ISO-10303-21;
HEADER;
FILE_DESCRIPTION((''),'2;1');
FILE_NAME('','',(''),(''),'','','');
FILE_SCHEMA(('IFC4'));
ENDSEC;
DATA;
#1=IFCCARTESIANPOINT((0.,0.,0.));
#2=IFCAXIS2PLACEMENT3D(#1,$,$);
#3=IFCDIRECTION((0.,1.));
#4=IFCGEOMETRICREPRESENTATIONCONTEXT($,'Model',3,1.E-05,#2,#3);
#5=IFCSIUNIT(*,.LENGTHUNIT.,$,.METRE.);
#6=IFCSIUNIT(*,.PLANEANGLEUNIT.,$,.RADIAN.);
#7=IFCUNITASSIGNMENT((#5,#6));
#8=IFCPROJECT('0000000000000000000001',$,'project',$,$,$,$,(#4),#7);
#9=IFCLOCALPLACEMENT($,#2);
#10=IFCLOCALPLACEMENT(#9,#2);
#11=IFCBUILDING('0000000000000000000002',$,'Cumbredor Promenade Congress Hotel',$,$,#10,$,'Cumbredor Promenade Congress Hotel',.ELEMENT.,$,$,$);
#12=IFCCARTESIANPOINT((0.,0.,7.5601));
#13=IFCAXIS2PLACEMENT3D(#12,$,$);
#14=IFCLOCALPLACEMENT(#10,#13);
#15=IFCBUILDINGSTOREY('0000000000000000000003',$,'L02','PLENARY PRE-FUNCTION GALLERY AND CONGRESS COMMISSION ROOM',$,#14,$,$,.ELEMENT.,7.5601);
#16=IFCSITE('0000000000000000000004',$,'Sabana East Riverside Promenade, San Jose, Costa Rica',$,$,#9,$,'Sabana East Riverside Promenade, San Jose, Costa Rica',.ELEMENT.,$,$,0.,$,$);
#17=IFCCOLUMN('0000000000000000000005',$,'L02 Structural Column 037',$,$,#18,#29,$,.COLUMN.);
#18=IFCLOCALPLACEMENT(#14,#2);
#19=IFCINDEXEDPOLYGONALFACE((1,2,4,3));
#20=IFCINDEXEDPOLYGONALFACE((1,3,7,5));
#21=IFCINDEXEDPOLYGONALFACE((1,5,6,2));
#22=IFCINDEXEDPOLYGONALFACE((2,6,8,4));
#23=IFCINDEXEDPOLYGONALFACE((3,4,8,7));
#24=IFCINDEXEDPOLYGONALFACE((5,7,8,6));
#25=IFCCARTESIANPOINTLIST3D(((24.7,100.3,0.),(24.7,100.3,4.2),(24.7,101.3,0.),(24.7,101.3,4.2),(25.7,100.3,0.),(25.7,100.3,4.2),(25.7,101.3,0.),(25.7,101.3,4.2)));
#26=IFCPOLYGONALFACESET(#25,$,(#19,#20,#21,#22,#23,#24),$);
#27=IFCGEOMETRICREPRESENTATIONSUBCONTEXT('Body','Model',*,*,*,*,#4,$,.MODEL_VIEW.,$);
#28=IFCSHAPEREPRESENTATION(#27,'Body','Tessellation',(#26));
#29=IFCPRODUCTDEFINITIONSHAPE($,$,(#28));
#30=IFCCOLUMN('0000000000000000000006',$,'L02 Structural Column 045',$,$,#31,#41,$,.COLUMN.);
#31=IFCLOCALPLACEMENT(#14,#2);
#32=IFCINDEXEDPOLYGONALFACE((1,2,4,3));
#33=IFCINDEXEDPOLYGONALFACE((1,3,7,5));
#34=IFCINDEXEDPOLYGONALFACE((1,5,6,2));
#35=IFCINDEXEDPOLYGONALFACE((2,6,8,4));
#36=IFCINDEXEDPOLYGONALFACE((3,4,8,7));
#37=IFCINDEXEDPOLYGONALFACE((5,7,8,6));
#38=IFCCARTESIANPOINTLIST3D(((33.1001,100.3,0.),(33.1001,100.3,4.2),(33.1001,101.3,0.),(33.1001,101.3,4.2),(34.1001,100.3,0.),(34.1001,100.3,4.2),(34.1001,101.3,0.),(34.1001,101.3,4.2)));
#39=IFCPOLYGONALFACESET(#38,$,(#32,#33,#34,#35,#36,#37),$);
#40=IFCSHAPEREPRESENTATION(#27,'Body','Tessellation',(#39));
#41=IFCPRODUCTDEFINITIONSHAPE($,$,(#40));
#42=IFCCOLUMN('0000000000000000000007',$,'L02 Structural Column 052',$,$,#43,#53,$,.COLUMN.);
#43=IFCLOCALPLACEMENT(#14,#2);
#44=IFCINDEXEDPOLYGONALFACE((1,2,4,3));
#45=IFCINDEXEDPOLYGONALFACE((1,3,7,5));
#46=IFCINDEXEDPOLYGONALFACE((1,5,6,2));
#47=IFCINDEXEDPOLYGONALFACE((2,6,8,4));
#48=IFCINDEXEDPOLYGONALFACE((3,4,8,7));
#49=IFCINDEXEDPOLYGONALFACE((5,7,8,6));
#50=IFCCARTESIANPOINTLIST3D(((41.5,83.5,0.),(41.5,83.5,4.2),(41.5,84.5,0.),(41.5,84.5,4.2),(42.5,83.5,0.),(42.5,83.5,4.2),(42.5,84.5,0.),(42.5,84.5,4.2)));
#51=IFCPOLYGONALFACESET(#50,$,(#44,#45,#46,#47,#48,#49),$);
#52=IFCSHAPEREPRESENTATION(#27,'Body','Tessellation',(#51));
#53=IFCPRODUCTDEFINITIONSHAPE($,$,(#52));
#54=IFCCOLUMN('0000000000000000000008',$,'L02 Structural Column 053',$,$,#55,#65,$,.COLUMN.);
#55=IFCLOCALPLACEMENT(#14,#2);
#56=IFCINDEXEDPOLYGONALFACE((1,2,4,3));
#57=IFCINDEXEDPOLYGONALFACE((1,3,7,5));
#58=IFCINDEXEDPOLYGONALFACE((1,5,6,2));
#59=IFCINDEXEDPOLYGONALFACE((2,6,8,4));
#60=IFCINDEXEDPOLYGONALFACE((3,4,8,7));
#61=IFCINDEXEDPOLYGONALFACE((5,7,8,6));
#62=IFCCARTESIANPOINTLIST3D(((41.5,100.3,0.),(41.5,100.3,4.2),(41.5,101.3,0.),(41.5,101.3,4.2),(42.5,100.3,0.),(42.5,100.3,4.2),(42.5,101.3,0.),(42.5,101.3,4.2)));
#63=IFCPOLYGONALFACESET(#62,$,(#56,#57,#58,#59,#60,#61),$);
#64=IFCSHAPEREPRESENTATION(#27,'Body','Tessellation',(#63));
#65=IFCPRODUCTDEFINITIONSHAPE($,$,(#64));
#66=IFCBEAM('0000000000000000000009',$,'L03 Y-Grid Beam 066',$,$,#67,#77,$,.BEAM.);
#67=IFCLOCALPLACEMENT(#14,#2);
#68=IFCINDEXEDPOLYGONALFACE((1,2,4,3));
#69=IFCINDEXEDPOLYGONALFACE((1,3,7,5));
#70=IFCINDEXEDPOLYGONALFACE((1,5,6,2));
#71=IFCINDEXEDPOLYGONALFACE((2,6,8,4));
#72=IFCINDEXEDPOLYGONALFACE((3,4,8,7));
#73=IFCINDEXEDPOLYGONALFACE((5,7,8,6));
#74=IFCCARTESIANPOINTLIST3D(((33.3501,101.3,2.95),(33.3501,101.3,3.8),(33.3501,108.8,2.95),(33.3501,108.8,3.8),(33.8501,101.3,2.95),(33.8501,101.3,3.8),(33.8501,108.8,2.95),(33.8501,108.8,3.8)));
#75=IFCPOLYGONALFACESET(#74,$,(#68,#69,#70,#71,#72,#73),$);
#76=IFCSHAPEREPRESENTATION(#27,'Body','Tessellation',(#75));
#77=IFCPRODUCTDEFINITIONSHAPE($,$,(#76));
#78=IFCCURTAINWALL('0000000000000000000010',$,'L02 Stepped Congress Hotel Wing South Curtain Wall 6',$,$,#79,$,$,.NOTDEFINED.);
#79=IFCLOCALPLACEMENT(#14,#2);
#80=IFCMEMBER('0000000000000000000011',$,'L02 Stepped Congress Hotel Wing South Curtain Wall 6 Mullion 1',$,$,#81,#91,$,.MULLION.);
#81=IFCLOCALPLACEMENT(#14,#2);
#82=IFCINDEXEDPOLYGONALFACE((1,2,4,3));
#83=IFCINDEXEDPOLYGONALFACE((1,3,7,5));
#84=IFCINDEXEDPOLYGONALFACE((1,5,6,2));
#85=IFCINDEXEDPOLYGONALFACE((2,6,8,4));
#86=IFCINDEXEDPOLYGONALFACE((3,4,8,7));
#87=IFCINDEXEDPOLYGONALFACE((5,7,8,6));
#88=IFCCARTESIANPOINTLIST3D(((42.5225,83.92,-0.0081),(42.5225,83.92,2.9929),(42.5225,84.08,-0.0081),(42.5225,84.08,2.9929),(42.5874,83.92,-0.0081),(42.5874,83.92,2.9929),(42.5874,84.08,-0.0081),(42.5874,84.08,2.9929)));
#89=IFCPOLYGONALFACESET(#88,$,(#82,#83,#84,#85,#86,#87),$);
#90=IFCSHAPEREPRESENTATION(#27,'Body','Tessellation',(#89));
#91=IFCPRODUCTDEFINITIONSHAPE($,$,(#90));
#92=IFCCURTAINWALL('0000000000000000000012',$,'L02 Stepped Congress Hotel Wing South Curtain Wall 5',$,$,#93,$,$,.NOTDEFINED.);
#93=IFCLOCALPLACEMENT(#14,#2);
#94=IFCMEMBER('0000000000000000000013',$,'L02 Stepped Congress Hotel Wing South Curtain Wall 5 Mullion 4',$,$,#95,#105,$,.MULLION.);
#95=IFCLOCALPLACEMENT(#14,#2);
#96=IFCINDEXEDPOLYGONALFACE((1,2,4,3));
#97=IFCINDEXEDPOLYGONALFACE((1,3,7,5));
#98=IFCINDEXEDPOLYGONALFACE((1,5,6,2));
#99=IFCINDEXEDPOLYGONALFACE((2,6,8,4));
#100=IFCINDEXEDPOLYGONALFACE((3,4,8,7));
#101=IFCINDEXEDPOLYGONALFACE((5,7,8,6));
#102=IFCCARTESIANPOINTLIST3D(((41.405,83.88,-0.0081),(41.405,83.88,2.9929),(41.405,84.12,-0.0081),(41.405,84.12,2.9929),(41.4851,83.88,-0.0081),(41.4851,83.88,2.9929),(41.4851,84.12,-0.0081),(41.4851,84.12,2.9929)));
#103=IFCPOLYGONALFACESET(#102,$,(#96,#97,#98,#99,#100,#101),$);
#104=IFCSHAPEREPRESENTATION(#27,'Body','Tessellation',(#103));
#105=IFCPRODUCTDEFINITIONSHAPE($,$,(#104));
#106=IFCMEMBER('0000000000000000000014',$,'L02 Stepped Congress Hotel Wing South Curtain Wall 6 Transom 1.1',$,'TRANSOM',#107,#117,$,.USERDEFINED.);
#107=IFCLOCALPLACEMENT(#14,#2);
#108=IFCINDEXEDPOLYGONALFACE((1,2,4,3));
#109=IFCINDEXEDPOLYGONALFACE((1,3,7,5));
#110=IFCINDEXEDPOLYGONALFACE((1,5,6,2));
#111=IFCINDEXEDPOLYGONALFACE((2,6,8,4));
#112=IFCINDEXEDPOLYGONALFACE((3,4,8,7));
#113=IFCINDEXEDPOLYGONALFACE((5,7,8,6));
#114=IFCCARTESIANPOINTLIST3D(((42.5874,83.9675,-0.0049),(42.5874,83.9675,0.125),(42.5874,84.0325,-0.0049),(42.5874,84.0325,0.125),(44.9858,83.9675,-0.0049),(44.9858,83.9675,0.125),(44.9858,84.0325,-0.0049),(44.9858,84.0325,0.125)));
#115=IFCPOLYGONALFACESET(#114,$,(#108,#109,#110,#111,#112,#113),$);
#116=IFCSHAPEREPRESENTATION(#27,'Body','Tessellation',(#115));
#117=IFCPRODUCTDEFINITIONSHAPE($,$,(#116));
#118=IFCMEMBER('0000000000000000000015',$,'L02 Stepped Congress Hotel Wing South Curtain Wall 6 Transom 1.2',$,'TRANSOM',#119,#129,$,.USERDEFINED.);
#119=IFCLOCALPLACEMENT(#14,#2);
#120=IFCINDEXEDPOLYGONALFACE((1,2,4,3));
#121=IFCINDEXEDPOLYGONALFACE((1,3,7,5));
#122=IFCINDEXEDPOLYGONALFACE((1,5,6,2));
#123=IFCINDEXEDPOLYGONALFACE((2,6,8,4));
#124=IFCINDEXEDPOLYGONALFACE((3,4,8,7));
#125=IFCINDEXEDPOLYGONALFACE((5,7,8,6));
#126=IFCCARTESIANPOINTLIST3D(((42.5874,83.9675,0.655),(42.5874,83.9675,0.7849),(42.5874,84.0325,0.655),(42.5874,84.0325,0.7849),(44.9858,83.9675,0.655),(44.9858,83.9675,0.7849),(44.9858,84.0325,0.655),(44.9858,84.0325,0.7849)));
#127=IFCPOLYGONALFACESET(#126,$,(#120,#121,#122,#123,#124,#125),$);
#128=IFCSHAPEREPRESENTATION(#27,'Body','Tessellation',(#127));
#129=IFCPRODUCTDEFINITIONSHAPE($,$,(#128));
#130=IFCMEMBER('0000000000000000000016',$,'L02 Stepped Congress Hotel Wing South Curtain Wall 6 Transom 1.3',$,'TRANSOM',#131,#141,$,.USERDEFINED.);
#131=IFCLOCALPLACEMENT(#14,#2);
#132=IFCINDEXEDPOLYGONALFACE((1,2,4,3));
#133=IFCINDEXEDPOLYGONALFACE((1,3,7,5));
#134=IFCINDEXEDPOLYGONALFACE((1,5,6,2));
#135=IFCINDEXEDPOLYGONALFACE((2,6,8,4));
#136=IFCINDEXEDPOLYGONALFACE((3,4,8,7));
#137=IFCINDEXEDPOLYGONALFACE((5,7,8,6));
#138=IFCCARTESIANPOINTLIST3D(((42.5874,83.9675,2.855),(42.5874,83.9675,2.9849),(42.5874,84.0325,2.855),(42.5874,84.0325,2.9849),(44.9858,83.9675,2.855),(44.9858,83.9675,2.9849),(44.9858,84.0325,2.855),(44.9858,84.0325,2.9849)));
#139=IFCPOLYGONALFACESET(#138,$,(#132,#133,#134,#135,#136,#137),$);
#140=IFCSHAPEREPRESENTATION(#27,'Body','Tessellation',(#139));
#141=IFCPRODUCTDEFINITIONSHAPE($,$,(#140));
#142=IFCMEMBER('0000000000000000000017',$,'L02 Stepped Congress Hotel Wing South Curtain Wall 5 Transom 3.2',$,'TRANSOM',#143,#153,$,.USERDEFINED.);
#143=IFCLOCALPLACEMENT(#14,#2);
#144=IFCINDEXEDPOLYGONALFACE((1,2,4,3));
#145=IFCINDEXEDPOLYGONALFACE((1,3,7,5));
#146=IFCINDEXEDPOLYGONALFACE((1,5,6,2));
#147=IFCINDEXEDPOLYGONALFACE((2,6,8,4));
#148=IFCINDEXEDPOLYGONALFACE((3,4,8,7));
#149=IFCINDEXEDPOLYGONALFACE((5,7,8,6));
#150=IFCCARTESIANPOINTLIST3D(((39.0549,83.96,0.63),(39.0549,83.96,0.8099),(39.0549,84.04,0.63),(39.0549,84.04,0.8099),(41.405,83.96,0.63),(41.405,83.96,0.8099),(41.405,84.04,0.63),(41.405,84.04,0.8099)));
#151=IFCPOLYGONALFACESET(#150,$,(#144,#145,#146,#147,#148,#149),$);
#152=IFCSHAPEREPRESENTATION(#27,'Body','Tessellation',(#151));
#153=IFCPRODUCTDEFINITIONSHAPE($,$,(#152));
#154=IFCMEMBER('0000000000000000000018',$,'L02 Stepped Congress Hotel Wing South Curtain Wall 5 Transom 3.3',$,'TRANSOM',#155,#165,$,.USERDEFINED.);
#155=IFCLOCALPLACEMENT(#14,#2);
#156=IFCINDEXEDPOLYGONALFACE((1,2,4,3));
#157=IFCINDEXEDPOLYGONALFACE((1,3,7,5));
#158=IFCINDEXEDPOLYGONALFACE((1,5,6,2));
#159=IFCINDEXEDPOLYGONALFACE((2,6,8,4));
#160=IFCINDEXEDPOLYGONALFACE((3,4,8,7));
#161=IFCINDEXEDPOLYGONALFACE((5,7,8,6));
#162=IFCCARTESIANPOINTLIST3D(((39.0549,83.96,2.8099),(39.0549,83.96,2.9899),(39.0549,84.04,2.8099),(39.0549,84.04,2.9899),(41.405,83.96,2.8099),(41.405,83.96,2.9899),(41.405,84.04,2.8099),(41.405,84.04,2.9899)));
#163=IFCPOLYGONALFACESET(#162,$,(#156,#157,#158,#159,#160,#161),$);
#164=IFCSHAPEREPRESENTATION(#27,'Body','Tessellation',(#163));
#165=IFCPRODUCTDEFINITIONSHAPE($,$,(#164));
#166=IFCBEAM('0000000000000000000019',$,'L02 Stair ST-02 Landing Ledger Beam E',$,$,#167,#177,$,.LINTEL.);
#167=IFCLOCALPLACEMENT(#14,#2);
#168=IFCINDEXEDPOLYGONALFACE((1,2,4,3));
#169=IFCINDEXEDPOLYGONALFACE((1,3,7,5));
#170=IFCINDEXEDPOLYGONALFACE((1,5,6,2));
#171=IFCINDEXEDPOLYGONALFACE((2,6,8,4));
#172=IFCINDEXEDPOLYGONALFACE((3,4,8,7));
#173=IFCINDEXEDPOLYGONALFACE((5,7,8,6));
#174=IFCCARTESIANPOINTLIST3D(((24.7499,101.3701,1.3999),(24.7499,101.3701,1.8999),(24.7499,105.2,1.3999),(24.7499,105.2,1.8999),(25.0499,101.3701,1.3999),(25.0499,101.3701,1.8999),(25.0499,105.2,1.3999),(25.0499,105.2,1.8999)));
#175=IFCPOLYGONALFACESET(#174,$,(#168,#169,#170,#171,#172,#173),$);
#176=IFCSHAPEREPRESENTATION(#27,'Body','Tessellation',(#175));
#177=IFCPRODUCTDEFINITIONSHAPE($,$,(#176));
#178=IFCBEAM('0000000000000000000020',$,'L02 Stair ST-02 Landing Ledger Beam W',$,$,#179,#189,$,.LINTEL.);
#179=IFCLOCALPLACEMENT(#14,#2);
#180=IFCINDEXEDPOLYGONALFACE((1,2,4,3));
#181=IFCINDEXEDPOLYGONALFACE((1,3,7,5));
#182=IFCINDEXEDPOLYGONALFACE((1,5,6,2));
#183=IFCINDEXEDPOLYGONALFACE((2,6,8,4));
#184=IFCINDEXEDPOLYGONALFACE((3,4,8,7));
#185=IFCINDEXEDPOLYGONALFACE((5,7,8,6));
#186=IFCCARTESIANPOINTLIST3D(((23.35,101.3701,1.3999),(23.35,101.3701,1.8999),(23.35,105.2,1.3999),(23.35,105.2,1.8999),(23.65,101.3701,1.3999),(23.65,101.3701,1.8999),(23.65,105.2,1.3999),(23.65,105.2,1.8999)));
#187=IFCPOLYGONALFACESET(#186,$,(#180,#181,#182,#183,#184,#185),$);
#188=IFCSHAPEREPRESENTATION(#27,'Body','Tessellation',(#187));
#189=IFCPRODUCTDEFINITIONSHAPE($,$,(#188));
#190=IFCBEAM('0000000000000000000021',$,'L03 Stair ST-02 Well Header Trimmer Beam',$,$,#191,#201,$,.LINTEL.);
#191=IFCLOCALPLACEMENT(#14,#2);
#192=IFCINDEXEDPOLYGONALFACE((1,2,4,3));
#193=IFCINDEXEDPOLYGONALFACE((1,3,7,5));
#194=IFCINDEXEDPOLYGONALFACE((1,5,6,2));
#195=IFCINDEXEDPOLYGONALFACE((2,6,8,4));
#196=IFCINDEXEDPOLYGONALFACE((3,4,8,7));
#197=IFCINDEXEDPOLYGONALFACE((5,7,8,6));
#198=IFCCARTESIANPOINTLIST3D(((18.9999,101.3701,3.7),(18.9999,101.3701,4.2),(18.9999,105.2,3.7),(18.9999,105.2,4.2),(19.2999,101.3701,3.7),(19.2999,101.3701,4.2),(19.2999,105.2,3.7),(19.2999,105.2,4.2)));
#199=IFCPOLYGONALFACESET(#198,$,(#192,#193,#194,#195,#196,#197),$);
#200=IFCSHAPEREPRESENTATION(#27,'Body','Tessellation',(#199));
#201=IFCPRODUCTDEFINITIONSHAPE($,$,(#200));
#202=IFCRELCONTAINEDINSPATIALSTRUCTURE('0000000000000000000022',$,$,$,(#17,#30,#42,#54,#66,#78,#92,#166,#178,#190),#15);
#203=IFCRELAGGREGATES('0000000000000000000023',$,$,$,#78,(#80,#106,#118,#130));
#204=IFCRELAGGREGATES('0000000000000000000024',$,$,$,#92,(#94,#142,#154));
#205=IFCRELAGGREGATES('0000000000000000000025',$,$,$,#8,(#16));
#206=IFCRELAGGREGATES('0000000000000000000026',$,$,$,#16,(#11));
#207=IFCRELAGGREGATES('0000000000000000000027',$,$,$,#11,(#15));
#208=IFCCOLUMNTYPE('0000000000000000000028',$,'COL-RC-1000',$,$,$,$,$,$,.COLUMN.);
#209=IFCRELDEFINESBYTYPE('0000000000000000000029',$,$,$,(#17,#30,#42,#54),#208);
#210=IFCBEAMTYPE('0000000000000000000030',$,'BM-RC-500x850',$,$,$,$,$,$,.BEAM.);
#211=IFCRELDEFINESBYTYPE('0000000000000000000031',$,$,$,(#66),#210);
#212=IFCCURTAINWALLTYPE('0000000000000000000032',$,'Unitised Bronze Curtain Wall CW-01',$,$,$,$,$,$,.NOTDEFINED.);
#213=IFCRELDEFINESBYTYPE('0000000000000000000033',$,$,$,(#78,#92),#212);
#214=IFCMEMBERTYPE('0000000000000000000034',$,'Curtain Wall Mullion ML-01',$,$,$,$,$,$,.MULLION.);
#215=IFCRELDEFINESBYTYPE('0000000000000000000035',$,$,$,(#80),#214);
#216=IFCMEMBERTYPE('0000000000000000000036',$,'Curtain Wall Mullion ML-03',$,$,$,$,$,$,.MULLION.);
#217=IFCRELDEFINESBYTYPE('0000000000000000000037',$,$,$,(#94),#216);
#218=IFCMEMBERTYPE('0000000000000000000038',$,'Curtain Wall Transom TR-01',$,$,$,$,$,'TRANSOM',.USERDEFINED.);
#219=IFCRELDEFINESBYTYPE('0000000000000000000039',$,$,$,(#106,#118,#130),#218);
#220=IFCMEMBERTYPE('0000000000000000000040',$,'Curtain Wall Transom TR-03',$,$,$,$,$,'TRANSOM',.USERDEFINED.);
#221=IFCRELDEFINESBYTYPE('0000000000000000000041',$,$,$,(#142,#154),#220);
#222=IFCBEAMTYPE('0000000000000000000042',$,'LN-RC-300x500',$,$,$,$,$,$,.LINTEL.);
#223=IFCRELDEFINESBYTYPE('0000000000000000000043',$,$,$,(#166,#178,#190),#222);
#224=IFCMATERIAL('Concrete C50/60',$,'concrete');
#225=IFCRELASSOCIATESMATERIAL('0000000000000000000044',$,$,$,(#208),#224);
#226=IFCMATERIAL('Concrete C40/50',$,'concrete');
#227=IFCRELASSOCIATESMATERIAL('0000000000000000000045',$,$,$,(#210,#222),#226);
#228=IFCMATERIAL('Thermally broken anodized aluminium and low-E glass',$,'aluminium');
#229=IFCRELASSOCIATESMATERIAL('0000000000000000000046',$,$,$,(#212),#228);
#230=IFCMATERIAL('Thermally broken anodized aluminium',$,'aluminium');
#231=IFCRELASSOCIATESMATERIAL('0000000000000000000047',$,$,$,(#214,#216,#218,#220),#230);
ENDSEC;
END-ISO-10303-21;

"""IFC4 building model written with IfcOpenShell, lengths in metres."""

from ifc_helpers import new_model, si_unit, direction, frame, origin, origin_2d, place, context, subcontext, project, spatial, rectangle, extrude, material, material_profile, profile_set, type_object, element, aggregate, save


model = new_model("IFC4")

# Units and contexts
model_context = context("Model", 3, precision=1e-05, world=origin(), true_north=direction((0.0, 1.0)))
body_context = subcontext(model_context, "Body", "Model", "MODEL_VIEW")
ifc_project = project(units=[si_unit("LENGTHUNIT", "METRE"), si_unit("PLANEANGLEUNIT", "RADIAN")], contexts=[model_context])

# Site, building, storey
site_placement = place(None, origin())
site = spatial("IfcSite", under=ifc_project, at=site_placement, Name="Sabana East Riverside Promenade, San Jose, Costa Rica", LongName="Sabana East Riverside Promenade, San Jose, Costa Rica", CompositionType="ELEMENT", RefElevation=0.0)
building_placement = place(site_placement, origin())
building = spatial("IfcBuilding", under=site, at=building_placement, Name="Cumbredor Promenade Congress Hotel", LongName="Cumbredor Promenade Congress Hotel", CompositionType="ELEMENT")
storey_placement = place(building_placement, frame((0.0, 0.0, 7.5601)))
storey = spatial("IfcBuildingStorey", under=building, at=storey_placement, Name="L02", Description="PLENARY PRE-FUNCTION GALLERY AND CONGRESS COMMISSION ROOM", CompositionType="ELEMENT", Elevation=7.5601)

# Columns
ifc_material_1 = material(Name="Concrete C50/60", Category="concrete")
ifc_material_profile_1 = material_profile(ifc_material_1, rectangle(XDim=1.0, YDim=1.0, at=origin_2d()), Name="RC 1000x1000")
ifc_profile_set_1 = profile_set([ifc_material_profile_1], Name="Concrete C50/60")
column_type = type_object("IfcColumnType", Name="COL-RC-1000", PredefinedType="COLUMN", material=ifc_profile_set_1)
for number, where, z_axis, x_axis, name in (
    (1, (25.2, 100.8, 0.0), (0.0, 0.0, 1.0), (1.0, 0.0, 0.0), "L02 Structural Column 037"),
    (2, (33.6001, 100.8, 0.0), (0.0, 0.0, 1.0), (1.0, 0.0, 0.0), "L02 Structural Column 045"),
    (3, (42.0, 84.0, 0.0), (0.0, 0.0, 1.0), (1.0, 0.0, 0.0), "L02 Structural Column 052"),
    (4, (42.0, 100.8, 0.0), (0.0, 0.0, 1.0), (1.0, 0.0, 0.0), "L02 Structural Column 053"),
):
    element("IfcColumn", number, at=place(storey_placement, frame(where, z_axis=z_axis, x_axis=x_axis)), inside=storey, type_object=column_type, Name=name, PredefinedType="COLUMN", context=body_context, shape_type="SweptSolid", body=[
        extrude(rectangle(XDim=1.0, YDim=1.0, at=origin_2d()), origin(), (0.0, 0.0, 1.0), 4.2),
    ])

# Beam
ifc_material_2 = material(Name="Concrete C40/50", Category="concrete")
ifc_material_profile_2 = material_profile(ifc_material_2, rectangle(XDim=0.5, YDim=0.8501, at=origin_2d()), Name="RC BEAM 500x850")
ifc_profile_set_2 = profile_set([ifc_material_profile_2], Name="Concrete C40/50")
beam_type_1 = type_object("IfcBeamType", Name="BM-RC-500x850", PredefinedType="BEAM", material=ifc_profile_set_2)
beam_1_placement = place(storey_placement, frame((33.6001, 101.3, 3.375), z_axis=(0.0, 1.0, 0.0), x_axis=(-1.0, 0.0, 0.0)))
element("IfcBeam", 5, at=beam_1_placement, inside=storey, type_object=beam_type_1, Name="L03 Y-Grid Beam 066", PredefinedType="BEAM", context=body_context, shape_type="SweptSolid", body=[
    extrude(rectangle(XDim=0.5, YDim=0.8501, at=origin_2d()), origin(), (0.0, 0.0, 1.0), 7.5),
])

# Curtain walls, members
ifc_material_3 = material(Name="Thermally broken anodized aluminium and low-E glass", Category="aluminium")
curtain_wall_type = type_object("IfcCurtainWallType", Name="Unitised Bronze Curtain Wall CW-01", PredefinedType="NOTDEFINED", material=ifc_material_3)
curtain_wall_1_placement = place(storey_placement, origin())
curtain_wall_1 = element("IfcCurtainWall", 6, at=curtain_wall_1_placement, inside=storey, type_object=curtain_wall_type, Name="L02 Stepped Congress Hotel Wing South Curtain Wall 6", PredefinedType="NOTDEFINED")
ifc_material_4 = material(Name="Thermally broken anodized aluminium", Category="aluminium")
ifc_material_profile_3 = material_profile(ifc_material_4, rectangle(XDim=0.0649, YDim=0.1599, at=origin_2d()), Name="ALU MULLION 65x160")
ifc_profile_set_3 = profile_set([ifc_material_profile_3], Name="Thermally broken anodized aluminium")
member_type_1 = type_object("IfcMemberType", Name="Curtain Wall Mullion ML-01", PredefinedType="MULLION", material=ifc_profile_set_3)
member_1_placement = place(storey_placement, frame((42.5549, 84.0, -0.0081), z_axis=(0.0, 0.0, 1.0), x_axis=(1.0, 0.0, 0.0)))
member_1 = element("IfcMember", 7, at=member_1_placement, type_object=member_type_1, Name="L02 Stepped Congress Hotel Wing South Curtain Wall 6 Mullion 1", PredefinedType="MULLION", context=body_context, shape_type="SweptSolid", body=[
    extrude(rectangle(XDim=0.0649, YDim=0.1599, at=origin_2d()), origin(), (0.0, 0.0, 1.0), 3.001),
])
curtain_wall_2_placement = place(storey_placement, origin())
curtain_wall_2 = element("IfcCurtainWall", 8, at=curtain_wall_2_placement, inside=storey, type_object=curtain_wall_type, Name="L02 Stepped Congress Hotel Wing South Curtain Wall 5", PredefinedType="NOTDEFINED")
ifc_material_profile_4 = material_profile(ifc_material_4, rectangle(XDim=0.0801, YDim=0.24, at=origin_2d()), Name="ALU MULLION 80x240")
ifc_profile_set_4 = profile_set([ifc_material_profile_4], Name="Thermally broken anodized aluminium")
member_type_2 = type_object("IfcMemberType", Name="Curtain Wall Mullion ML-03", PredefinedType="MULLION", material=ifc_profile_set_4)
member_2_placement = place(storey_placement, frame((41.4451, 84.0, -0.0081), z_axis=(0.0, 0.0, 1.0), x_axis=(1.0, 0.0, 0.0)))
member_2 = element("IfcMember", 9, at=member_2_placement, type_object=member_type_2, Name="L02 Stepped Congress Hotel Wing South Curtain Wall 5 Mullion 4", PredefinedType="MULLION", context=body_context, shape_type="SweptSolid", body=[
    extrude(rectangle(XDim=0.0801, YDim=0.24, at=origin_2d()), origin(), (0.0, 0.0, 1.0), 3.001),
])

# Members
ifc_material_profile_5 = material_profile(ifc_material_4, rectangle(XDim=0.0649, YDim=0.1299, at=origin_2d()), Name="ALU TRANSOM 65x130")
ifc_profile_set_5 = profile_set([ifc_material_profile_5], Name="Thermally broken anodized aluminium")
member_type_3 = type_object("IfcMemberType", Name="Curtain Wall Transom TR-01", ElementType="TRANSOM", PredefinedType="USERDEFINED", material=ifc_profile_set_5)
member_3_placement = place(storey_placement, frame((42.5874, 84.0, 0.0601), z_axis=(1.0, 0.0, 0.0), x_axis=(0.0, 1.0, 0.0)))
member_3 = element("IfcMember", 10, at=member_3_placement, type_object=member_type_3, Name="L02 Stepped Congress Hotel Wing South Curtain Wall 6 Transom 1.1", ObjectType="TRANSOM", PredefinedType="USERDEFINED", context=body_context, shape_type="SweptSolid", body=[
    extrude(rectangle(XDim=0.0649, YDim=0.1299, at=origin_2d()), origin(), (0.0, 0.0, 1.0), 2.3984),
])
member_4_placement = place(storey_placement, frame((42.5874, 84.0, 0.72), z_axis=(1.0, 0.0, 0.0), x_axis=(0.0, 1.0, 0.0)))
member_4 = element("IfcMember", 11, at=member_4_placement, type_object=member_type_3, Name="L02 Stepped Congress Hotel Wing South Curtain Wall 6 Transom 1.2", ObjectType="TRANSOM", PredefinedType="USERDEFINED", context=body_context, shape_type="SweptSolid", body=[
    extrude(rectangle(XDim=0.0649, YDim=0.1299, at=origin_2d()), origin(), (0.0, 0.0, 1.0), 2.3984),
])
member_5_placement = place(storey_placement, frame((42.5874, 84.0, 2.9199), z_axis=(1.0, 0.0, 0.0), x_axis=(0.0, 1.0, 0.0)))
member_5 = element("IfcMember", 12, at=member_5_placement, type_object=member_type_3, Name="L02 Stepped Congress Hotel Wing South Curtain Wall 6 Transom 1.3", ObjectType="TRANSOM", PredefinedType="USERDEFINED", context=body_context, shape_type="SweptSolid", body=[
    extrude(rectangle(XDim=0.0649, YDim=0.1299, at=origin_2d()), origin(), (0.0, 0.0, 1.0), 2.3984),
])
aggregate(curtain_wall_1, [member_1, member_3, member_4, member_5])
ifc_material_profile_6 = material_profile(ifc_material_4, rectangle(XDim=0.0801, YDim=0.1799, at=origin_2d()), Name="ALU TRANSOM 80x180")
ifc_profile_set_6 = profile_set([ifc_material_profile_6], Name="Thermally broken anodized aluminium")
member_type_4 = type_object("IfcMemberType", Name="Curtain Wall Transom TR-03", ElementType="TRANSOM", PredefinedType="USERDEFINED", material=ifc_profile_set_6)
member_6_placement = place(storey_placement, frame((39.0549, 84.0, 0.72), z_axis=(1.0, 0.0, 0.0), x_axis=(0.0, 1.0, 0.0)))
member_6 = element("IfcMember", 13, at=member_6_placement, type_object=member_type_4, Name="L02 Stepped Congress Hotel Wing South Curtain Wall 5 Transom 3.2", ObjectType="TRANSOM", PredefinedType="USERDEFINED", context=body_context, shape_type="SweptSolid", body=[
    extrude(rectangle(XDim=0.0801, YDim=0.1799, at=origin_2d()), origin(), (0.0, 0.0, 1.0), 2.3501),
])
member_7_placement = place(storey_placement, frame((39.0549, 84.0, 2.8999), z_axis=(1.0, 0.0, 0.0), x_axis=(0.0, 1.0, 0.0)))
member_7 = element("IfcMember", 14, at=member_7_placement, type_object=member_type_4, Name="L02 Stepped Congress Hotel Wing South Curtain Wall 5 Transom 3.3", ObjectType="TRANSOM", PredefinedType="USERDEFINED", context=body_context, shape_type="SweptSolid", body=[
    extrude(rectangle(XDim=0.0801, YDim=0.1799, at=origin_2d()), origin(), (0.0, 0.0, 1.0), 2.3501),
])

# Beams
ifc_material_profile_7 = material_profile(ifc_material_2, rectangle(XDim=0.3, YDim=0.5, at=origin_2d()), Name="RC LINTEL 300x500")
ifc_profile_set_7 = profile_set([ifc_material_profile_7], Name="Concrete C40/50")
beam_type_2 = type_object("IfcBeamType", Name="LN-RC-300x500", PredefinedType="LINTEL", material=ifc_profile_set_7)
for number, where, z_axis, x_axis, name in (
    (15, (24.8999, 101.3701, 1.6499), (0.0, 1.0, 0.0), (-1.0, 0.0, 0.0), "L02 Stair ST-02 Landing Ledger Beam E"),
    (16, (23.5, 101.3701, 1.6499), (0.0, 1.0, 0.0), (-1.0, 0.0, 0.0), "L02 Stair ST-02 Landing Ledger Beam W"),
    (17, (19.1499, 101.3701, 3.95), (0.0, 1.0, 0.0), (-1.0, 0.0, 0.0), "L03 Stair ST-02 Well Header Trimmer Beam"),
):
    element("IfcBeam", number, at=place(storey_placement, frame(where, z_axis=z_axis, x_axis=x_axis)), inside=storey, type_object=beam_type_2, Name=name, PredefinedType="LINTEL", context=body_context, shape_type="SweptSolid", body=[
        extrude(rectangle(XDim=0.3, YDim=0.5, at=origin_2d()), origin(), (0.0, 0.0, 1.0), 3.8298),
    ])

aggregate(curtain_wall_2, [member_2, member_6, member_7])

save(model, "model.ifc")
